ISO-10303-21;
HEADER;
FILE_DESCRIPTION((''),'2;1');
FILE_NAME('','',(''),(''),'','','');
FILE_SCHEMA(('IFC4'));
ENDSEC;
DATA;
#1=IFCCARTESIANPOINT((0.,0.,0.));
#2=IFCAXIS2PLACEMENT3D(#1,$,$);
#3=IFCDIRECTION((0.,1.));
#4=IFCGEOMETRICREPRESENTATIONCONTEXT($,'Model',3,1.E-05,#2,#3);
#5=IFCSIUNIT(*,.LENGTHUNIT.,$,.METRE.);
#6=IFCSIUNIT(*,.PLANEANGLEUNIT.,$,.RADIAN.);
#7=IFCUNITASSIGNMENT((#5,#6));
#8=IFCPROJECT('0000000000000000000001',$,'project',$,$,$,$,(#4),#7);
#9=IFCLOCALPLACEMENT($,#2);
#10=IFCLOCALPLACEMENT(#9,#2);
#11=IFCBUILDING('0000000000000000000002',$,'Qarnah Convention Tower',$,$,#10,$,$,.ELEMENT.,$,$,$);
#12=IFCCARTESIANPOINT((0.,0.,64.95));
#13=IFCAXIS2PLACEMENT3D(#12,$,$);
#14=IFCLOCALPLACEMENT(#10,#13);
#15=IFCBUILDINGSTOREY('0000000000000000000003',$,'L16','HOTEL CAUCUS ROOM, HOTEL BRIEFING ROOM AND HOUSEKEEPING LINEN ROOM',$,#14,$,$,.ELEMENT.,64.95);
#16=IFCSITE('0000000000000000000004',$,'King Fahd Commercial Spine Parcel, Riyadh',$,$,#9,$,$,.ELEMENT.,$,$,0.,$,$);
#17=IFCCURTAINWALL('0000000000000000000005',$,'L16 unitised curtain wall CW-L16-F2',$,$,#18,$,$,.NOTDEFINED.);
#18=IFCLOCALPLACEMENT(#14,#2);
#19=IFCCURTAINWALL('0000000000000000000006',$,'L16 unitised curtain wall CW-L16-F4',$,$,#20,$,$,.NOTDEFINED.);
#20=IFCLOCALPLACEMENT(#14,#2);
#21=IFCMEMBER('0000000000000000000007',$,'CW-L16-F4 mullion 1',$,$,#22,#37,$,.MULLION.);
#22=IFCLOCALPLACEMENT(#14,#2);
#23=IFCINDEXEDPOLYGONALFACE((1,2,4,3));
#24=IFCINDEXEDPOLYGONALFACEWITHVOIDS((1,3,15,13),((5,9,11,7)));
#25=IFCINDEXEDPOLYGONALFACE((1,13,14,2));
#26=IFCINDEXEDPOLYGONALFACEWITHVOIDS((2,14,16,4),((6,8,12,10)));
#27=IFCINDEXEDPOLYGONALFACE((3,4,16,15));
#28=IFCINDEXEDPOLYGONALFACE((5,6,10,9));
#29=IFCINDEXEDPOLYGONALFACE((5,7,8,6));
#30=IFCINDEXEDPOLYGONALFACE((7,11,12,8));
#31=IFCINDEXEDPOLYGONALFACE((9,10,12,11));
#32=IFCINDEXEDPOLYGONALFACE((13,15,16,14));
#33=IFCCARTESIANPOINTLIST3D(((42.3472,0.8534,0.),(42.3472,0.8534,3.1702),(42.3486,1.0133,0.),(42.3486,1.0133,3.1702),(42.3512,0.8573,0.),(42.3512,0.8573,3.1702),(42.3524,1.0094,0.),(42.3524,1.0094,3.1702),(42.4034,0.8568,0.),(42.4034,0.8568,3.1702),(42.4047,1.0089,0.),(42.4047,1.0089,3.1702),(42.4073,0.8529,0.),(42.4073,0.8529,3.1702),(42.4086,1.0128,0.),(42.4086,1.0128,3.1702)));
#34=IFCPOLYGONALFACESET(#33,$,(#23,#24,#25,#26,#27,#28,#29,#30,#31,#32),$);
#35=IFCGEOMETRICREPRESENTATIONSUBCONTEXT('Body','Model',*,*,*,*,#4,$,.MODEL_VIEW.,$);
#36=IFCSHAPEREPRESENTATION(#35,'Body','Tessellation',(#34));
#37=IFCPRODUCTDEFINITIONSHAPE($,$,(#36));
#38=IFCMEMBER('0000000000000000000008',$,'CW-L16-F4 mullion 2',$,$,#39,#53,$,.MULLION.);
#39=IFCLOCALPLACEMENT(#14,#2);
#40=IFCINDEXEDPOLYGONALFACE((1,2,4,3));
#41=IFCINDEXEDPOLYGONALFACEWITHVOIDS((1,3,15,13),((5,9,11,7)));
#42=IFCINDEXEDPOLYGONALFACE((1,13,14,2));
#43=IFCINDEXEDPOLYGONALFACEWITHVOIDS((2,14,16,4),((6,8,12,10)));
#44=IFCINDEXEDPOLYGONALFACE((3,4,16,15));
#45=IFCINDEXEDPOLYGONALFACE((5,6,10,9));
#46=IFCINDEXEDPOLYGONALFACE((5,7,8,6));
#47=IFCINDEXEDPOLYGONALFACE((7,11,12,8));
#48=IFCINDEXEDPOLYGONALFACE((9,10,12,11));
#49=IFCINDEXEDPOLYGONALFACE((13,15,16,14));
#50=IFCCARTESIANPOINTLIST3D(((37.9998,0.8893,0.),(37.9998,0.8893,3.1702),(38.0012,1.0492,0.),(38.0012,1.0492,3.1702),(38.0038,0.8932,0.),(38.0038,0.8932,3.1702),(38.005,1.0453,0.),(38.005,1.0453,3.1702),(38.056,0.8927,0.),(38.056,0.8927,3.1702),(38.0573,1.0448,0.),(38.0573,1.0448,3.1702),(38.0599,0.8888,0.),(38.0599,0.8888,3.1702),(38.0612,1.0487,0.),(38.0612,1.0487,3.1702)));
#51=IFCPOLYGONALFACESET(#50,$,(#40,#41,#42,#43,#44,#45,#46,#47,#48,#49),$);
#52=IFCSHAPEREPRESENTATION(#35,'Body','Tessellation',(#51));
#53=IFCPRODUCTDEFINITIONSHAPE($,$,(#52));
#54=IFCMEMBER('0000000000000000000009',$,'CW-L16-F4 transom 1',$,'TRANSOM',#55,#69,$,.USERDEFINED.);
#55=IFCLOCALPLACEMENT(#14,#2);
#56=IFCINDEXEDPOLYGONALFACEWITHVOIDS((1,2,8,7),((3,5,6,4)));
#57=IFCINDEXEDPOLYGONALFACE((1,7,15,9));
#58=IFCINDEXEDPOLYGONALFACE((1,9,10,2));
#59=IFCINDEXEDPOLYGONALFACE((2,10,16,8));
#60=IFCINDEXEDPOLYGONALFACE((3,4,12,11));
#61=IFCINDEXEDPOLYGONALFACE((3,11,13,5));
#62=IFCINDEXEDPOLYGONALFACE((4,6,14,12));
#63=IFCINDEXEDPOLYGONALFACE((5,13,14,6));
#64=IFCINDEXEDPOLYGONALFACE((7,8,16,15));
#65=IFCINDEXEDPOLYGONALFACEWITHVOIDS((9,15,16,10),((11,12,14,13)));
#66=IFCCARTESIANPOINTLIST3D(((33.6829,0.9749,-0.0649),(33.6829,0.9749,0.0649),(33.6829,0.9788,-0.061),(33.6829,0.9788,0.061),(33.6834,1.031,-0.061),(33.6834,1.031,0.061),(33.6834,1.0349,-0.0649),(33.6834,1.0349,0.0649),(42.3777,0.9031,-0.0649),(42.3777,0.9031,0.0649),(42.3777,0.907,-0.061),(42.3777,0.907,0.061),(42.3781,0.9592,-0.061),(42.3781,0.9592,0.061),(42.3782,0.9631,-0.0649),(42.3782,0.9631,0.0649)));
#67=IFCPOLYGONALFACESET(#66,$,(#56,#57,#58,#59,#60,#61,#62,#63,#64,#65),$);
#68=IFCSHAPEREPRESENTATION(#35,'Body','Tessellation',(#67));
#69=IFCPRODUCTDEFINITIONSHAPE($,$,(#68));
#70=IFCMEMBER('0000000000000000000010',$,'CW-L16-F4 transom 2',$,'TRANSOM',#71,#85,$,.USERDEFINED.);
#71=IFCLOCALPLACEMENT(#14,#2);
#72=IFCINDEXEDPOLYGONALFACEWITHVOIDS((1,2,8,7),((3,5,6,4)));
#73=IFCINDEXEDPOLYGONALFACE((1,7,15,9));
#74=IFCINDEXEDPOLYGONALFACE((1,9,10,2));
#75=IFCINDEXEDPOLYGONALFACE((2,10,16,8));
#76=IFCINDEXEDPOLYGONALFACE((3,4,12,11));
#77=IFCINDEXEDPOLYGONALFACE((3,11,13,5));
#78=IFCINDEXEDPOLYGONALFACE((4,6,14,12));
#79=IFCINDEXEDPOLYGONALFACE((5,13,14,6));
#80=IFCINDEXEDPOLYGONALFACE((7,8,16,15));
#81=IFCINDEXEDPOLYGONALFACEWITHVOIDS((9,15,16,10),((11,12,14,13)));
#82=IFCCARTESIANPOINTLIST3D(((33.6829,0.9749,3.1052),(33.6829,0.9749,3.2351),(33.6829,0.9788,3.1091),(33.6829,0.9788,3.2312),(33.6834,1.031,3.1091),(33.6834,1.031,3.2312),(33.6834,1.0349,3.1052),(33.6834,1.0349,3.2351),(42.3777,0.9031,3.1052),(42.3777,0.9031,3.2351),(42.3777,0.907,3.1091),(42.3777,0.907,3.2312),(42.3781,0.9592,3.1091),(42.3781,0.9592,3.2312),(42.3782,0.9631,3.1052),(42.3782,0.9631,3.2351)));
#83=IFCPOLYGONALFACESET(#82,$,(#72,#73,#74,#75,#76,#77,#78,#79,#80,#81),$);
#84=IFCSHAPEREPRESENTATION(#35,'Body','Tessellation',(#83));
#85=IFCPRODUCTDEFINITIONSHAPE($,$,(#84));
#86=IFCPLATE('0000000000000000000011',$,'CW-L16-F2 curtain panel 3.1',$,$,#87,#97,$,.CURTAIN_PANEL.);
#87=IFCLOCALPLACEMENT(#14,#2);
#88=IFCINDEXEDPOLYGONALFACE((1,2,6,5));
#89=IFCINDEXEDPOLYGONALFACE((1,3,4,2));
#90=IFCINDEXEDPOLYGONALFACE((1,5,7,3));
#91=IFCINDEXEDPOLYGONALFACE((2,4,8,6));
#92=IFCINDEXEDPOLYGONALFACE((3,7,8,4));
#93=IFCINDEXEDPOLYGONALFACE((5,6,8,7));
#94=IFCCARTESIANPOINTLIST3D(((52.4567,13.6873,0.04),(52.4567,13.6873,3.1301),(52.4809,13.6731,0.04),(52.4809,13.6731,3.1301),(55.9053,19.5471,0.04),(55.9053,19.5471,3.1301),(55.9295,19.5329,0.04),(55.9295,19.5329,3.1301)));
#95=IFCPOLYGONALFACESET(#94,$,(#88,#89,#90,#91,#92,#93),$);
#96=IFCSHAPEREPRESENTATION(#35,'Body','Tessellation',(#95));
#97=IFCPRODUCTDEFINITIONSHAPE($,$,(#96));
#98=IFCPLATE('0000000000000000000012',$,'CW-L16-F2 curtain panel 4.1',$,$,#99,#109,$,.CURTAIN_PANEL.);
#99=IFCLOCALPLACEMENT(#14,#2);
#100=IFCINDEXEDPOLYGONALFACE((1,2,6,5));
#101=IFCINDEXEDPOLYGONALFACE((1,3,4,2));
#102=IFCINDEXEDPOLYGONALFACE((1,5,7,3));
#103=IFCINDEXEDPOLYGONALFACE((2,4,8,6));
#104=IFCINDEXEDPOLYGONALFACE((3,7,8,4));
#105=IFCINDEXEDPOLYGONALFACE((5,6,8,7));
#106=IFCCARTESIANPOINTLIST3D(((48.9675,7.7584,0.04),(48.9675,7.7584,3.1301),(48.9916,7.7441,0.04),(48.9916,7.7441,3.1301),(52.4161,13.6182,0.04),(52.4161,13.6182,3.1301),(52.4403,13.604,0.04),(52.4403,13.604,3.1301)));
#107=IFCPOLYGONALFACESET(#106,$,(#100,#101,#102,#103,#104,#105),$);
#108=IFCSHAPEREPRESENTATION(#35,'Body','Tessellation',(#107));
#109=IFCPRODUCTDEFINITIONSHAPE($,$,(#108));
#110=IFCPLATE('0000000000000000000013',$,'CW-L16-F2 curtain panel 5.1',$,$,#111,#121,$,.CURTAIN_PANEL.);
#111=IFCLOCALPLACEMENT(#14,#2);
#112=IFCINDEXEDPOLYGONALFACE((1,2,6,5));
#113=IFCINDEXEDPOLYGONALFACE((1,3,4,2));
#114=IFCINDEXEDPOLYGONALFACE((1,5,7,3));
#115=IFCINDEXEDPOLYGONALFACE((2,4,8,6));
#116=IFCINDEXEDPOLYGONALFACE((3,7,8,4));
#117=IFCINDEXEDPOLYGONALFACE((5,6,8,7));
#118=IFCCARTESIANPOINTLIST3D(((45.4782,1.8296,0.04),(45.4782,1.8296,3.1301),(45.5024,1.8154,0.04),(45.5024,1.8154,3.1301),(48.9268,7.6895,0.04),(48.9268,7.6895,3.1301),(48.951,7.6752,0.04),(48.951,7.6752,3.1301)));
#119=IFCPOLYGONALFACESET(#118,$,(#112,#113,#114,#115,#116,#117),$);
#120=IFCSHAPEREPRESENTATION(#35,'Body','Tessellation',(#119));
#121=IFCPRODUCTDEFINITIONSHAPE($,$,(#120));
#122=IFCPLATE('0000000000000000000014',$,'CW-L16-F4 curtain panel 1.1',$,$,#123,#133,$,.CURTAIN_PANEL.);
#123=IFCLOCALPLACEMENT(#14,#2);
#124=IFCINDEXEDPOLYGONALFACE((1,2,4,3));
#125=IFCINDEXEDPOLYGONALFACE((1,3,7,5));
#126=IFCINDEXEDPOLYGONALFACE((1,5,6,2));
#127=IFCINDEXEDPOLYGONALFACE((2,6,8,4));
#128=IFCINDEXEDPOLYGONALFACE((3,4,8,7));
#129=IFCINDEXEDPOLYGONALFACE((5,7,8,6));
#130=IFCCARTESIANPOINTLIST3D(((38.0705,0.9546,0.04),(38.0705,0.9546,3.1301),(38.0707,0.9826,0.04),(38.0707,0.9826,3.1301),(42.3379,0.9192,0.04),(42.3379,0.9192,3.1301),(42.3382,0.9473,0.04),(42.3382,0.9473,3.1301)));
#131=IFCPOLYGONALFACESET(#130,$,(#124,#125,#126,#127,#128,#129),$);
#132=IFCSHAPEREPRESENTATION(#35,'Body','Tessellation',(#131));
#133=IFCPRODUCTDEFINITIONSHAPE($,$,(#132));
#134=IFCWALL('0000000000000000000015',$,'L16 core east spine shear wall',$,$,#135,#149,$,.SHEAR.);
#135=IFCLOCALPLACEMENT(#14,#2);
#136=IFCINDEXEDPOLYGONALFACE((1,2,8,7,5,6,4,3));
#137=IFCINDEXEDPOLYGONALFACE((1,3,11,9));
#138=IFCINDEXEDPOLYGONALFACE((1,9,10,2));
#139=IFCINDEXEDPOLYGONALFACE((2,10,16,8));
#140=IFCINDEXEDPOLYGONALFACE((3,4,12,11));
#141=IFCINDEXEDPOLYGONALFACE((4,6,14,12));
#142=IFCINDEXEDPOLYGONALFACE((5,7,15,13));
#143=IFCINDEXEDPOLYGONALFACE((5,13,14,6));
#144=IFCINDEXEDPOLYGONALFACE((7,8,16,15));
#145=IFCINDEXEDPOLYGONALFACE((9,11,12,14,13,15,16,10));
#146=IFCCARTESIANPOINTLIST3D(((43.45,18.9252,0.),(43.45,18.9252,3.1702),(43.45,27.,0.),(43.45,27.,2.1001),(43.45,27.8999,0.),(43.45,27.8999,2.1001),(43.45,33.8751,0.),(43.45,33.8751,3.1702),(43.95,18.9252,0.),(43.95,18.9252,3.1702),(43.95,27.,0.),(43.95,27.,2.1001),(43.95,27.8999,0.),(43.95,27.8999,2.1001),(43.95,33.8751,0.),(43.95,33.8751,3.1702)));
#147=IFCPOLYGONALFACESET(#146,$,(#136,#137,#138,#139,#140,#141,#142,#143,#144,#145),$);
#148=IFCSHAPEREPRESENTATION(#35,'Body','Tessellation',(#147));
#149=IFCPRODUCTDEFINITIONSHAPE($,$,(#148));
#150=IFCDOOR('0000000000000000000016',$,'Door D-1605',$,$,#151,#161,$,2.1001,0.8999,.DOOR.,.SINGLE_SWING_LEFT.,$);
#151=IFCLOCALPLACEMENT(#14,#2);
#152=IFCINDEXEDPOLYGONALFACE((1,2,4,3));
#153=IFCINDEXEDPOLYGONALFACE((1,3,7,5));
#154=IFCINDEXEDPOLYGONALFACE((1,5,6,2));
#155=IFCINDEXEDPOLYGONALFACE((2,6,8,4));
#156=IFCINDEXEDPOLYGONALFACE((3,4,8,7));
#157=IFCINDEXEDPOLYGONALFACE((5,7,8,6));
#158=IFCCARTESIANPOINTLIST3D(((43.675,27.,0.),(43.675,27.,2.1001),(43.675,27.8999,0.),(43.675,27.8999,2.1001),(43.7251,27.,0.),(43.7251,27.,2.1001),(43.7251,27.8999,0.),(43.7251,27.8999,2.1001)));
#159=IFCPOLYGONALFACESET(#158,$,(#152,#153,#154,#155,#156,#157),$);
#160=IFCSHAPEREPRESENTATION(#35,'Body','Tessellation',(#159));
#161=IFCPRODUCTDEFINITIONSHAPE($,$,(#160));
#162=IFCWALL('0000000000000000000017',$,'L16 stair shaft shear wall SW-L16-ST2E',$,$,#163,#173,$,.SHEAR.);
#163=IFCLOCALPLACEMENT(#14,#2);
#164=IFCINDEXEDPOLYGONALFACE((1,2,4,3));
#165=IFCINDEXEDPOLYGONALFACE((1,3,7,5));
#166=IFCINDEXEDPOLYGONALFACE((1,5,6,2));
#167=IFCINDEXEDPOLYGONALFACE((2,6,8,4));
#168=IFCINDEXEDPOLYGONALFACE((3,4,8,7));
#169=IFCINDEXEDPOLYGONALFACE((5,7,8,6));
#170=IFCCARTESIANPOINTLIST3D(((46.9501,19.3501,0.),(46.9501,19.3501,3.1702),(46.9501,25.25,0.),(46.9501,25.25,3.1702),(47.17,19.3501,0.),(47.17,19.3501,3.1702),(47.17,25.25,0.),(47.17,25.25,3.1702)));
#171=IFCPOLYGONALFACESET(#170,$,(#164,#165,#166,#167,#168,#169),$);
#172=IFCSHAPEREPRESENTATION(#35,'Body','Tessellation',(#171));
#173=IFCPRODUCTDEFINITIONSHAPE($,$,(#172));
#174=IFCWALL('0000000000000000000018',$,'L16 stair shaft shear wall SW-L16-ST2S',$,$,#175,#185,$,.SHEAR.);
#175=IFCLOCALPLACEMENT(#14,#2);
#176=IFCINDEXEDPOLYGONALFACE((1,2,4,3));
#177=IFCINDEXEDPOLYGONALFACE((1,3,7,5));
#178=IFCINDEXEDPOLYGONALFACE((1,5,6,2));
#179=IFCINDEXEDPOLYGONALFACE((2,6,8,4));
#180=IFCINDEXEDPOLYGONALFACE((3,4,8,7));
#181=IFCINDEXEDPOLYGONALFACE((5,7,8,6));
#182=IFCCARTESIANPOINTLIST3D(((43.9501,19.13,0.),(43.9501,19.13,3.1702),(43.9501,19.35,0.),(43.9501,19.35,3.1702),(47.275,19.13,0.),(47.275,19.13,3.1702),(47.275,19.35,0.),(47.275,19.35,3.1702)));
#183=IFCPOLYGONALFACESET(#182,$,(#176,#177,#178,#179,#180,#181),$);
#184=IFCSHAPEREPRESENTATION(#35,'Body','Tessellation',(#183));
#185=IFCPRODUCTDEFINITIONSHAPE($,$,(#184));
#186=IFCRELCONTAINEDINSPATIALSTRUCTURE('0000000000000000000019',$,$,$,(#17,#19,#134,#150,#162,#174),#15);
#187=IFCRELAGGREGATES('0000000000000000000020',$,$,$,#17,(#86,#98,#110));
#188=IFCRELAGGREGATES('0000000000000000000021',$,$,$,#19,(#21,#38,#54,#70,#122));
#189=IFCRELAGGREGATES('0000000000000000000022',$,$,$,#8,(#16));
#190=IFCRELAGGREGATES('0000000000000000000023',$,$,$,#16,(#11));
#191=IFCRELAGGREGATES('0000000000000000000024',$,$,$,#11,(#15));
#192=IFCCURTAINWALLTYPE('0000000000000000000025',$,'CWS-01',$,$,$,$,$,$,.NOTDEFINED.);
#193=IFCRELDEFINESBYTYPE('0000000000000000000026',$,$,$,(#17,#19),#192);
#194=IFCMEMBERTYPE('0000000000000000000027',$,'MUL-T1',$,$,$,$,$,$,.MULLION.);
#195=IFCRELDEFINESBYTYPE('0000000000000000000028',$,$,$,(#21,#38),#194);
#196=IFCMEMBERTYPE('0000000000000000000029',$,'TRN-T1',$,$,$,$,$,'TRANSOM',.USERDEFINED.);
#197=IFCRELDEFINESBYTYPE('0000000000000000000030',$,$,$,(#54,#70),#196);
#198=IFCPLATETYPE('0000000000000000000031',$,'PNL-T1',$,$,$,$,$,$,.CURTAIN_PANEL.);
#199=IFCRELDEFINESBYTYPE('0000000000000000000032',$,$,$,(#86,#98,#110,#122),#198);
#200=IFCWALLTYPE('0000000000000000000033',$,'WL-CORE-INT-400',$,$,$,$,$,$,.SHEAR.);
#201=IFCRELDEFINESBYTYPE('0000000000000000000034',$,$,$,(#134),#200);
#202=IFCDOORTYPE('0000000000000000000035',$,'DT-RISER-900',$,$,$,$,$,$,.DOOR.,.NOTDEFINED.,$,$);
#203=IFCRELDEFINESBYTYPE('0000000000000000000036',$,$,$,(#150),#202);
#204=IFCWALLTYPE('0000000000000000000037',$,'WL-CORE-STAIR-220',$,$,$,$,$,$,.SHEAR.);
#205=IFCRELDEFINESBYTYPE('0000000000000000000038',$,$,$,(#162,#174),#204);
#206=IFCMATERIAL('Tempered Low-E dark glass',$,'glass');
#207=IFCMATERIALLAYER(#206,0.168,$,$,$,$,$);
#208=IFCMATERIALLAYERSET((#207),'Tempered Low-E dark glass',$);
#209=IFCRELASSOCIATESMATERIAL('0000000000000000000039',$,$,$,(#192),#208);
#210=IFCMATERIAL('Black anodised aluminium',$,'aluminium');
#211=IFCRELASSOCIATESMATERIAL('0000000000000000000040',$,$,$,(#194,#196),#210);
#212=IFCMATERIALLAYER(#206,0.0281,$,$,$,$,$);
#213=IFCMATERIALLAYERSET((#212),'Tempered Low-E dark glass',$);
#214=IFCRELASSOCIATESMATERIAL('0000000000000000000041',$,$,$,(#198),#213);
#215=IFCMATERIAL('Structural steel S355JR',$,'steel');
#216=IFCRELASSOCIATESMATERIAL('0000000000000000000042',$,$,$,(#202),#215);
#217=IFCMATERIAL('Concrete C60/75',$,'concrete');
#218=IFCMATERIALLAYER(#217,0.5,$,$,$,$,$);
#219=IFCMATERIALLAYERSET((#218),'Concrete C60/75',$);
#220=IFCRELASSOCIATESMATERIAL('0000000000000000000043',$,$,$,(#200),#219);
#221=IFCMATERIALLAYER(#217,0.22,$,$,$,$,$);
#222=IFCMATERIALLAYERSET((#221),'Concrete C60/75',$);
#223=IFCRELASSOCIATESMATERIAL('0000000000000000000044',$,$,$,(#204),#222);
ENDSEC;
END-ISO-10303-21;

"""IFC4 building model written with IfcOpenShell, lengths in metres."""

from ifc_helpers import new_model, si_unit, direction, frame, frame_2d, origin, origin_2d, place, context, subcontext, project, spatial, rectangle, hollow_rectangle, extrude, material, layer, layer_set, material_profile, profile_set, type_object, element, fill, aggregate, save


model = new_model("IFC4")

# Units and contexts
model_context = context("Model", 3, precision=1e-05, world=origin(), true_north=direction((0.0, 1.0)))
body_context = subcontext(model_context, "Body", "Model", "MODEL_VIEW")
ifc_project = project(units=[si_unit("LENGTHUNIT", "METRE"), si_unit("PLANEANGLEUNIT", "RADIAN")], contexts=[model_context])

# Site, building, storey
site_placement = place(None, origin())
site = spatial("IfcSite", under=ifc_project, at=site_placement, Name="King Fahd Commercial Spine Parcel, Riyadh", CompositionType="ELEMENT", RefElevation=0.0)
building_placement = place(site_placement, origin())
building = spatial("IfcBuilding", under=site, at=building_placement, Name="Qarnah Convention Tower", CompositionType="ELEMENT")
storey_placement = place(building_placement, frame((0.0, 0.0, 64.95)))
storey = spatial("IfcBuildingStorey", under=building, at=storey_placement, Name="L16", Description="HOTEL CAUCUS ROOM, HOTEL BRIEFING ROOM AND HOUSEKEEPING LINEN ROOM", CompositionType="ELEMENT", Elevation=64.95)

# Shared definitions
ifc_material_1 = material(Name="Concrete C60/75", Category="concrete")
ifc_material_2 = material(Name="Structural steel S355JR", Category="steel")

# Curtain walls, members
ifc_material_3 = material(Name="Tempered Low-E dark glass", Category="glass")
ifc_layer_1 = layer(ifc_material_3, 0.168)
ifc_layer_set_1 = layer_set([ifc_layer_1], Name="Tempered Low-E dark glass")
curtain_wall_type = type_object("IfcCurtainWallType", Name="CWS-01", PredefinedType="NOTDEFINED", material=ifc_layer_set_1)
curtain_wall_1_placement = place(storey_placement, origin())
curtain_wall_1 = element("IfcCurtainWall", 1, at=curtain_wall_1_placement, inside=storey, type_object=curtain_wall_type, Name="L16 unitised curtain wall CW-L16-F2", PredefinedType="NOTDEFINED")
ifc_material_4 = material(Name="Black anodised aluminium", Category="aluminium")
ifc_material_profile_1 = material_profile(ifc_material_4, hollow_rectangle(XDim=0.0601, YDim=0.1599, WallThickness=0.0039, at=origin_2d()), Name="MUL-60X160")
ifc_profile_set_1 = profile_set([ifc_material_profile_1], Name="Black anodised aluminium")
member_type_1 = type_object("IfcMemberType", Name="MUL-T1", PredefinedType="MULLION", material=ifc_profile_set_1)
curtain_wall_2_placement = place(storey_placement, origin())
curtain_wall_2 = element("IfcCurtainWall", 2, at=curtain_wall_2_placement, inside=storey, type_object=curtain_wall_type, Name="L16 unitised curtain wall CW-L16-F4", PredefinedType="NOTDEFINED")
member_1_placement = place(storey_placement, frame((42.3779, 0.9331, 0.0), z_axis=(0.0, 0.0, 1.0), x_axis=(-0.999966, 0.00828, 0.0)))
member_1 = element("IfcMember", 3, at=member_1_placement, type_object=member_type_1, Name="CW-L16-F4 mullion 1", PredefinedType="MULLION", context=body_context, shape_type="SweptSolid", body=[
    extrude(hollow_rectangle(XDim=0.0601, YDim=0.1599, WallThickness=0.0039, at=origin_2d()), origin(), (0.0, 0.0, 1.0), 3.1702),
])
member_2_placement = place(storey_placement, frame((38.0305, 0.969, 0.0), z_axis=(0.0, 0.0, 1.0), x_axis=(-0.999966, 0.00828, 0.0)))
member_2 = element("IfcMember", 4, at=member_2_placement, type_object=member_type_1, Name="CW-L16-F4 mullion 2", PredefinedType="MULLION", context=body_context, shape_type="SweptSolid", body=[
    extrude(hollow_rectangle(XDim=0.0601, YDim=0.1599, WallThickness=0.0039, at=origin_2d()), origin(), (0.0, 0.0, 1.0), 3.1702),
])
ifc_material_profile_2 = material_profile(ifc_material_4, hollow_rectangle(XDim=0.0601, YDim=0.1299, WallThickness=0.0039, at=origin_2d()), Name="TRN-60X130")
ifc_profile_set_2 = profile_set([ifc_material_profile_2], Name="Black anodised aluminium")
member_type_2 = type_object("IfcMemberType", Name="TRN-T1", ElementType="TRANSOM", PredefinedType="USERDEFINED", material=ifc_profile_set_2)
member_3_placement = place(storey_placement, frame((42.3779, 0.9331, 0.0), z_axis=(-0.999966, 0.008255, 0.0), x_axis=(-0.008255, -0.999966, 0.0)))
member_3 = element("IfcMember", 5, at=member_3_placement, type_object=member_type_2, Name="CW-L16-F4 transom 1", ObjectType="TRANSOM", PredefinedType="USERDEFINED", context=body_context, shape_type="SweptSolid", body=[
    extrude(hollow_rectangle(XDim=0.0601, YDim=0.1299, WallThickness=0.0039, at=origin_2d()), origin(), (0.0, 0.0, 1.0), 8.6951),
])
member_4_placement = place(storey_placement, frame((42.3779, 0.9331, 3.1702), z_axis=(-0.999966, 0.008255, 0.0), x_axis=(-0.008255, -0.999966, 0.0)))
member_4 = element("IfcMember", 6, at=member_4_placement, type_object=member_type_2, Name="CW-L16-F4 transom 2", ObjectType="TRANSOM", PredefinedType="USERDEFINED", context=body_context, shape_type="SweptSolid", body=[
    extrude(hollow_rectangle(XDim=0.0601, YDim=0.1299, WallThickness=0.0039, at=origin_2d()), origin(), (0.0, 0.0, 1.0), 8.6951),
])

# Plates
ifc_layer_2 = layer(ifc_material_3, 0.0281)
ifc_layer_set_2 = layer_set([ifc_layer_2], Name="Tempered Low-E dark glass")
plate_type = type_object("IfcPlateType", Name="PNL-T1", PredefinedType="CURTAIN_PANEL", material=ifc_layer_set_2)
plate_1_placement = place(storey_placement, frame((54.1931, 16.6101, 0.04), z_axis=(0.0, 0.0, 1.0), x_axis=(-0.507201, -0.861828, 0.0)))
plate_1 = element("IfcPlate", 7, at=plate_1_placement, type_object=plate_type, Name="CW-L16-F2 curtain panel 3.1", PredefinedType="CURTAIN_PANEL", context=body_context, shape_type="SweptSolid", body=[
    extrude(rectangle(XDim=6.7993, YDim=0.0281, at=origin_2d()), origin(), (0.0, 0.0, 1.0), 3.0901),
])
plate_2_placement = place(storey_placement, frame((50.7039, 10.6812, 0.04), z_axis=(0.0, 0.0, 1.0), x_axis=(-0.507201, -0.861828, 0.0)))
plate_2 = element("IfcPlate", 8, at=plate_2_placement, type_object=plate_type, Name="CW-L16-F2 curtain panel 4.1", PredefinedType="CURTAIN_PANEL", context=body_context, shape_type="SweptSolid", body=[
    extrude(rectangle(XDim=6.7993, YDim=0.0281, at=origin_2d()), origin(), (0.0, 0.0, 1.0), 3.0901),
])
plate_3_placement = place(storey_placement, frame((47.2146, 4.7524, 0.04), z_axis=(0.0, 0.0, 1.0), x_axis=(-0.507201, -0.861828, 0.0)))
plate_3 = element("IfcPlate", 9, at=plate_3_placement, type_object=plate_type, Name="CW-L16-F2 curtain panel 5.1", PredefinedType="CURTAIN_PANEL", context=body_context, shape_type="SweptSolid", body=[
    extrude(rectangle(XDim=6.7993, YDim=0.0281, at=origin_2d()), origin(), (0.0, 0.0, 1.0), 3.0901),
])
aggregate(curtain_wall_1, [plate_1, plate_2, plate_3])
plate_4_placement = place(storey_placement, frame((40.2043, 0.9509, 0.04), z_axis=(0.0, 0.0, 1.0), x_axis=(-0.999966, 0.00828, 0.0)))
plate_4 = element("IfcPlate", 10, at=plate_4_placement, type_object=plate_type, Name="CW-L16-F4 curtain panel 1.1", PredefinedType="CURTAIN_PANEL", context=body_context, shape_type="SweptSolid", body=[
    extrude(rectangle(XDim=4.2676, YDim=0.0281, at=origin_2d()), origin(), (0.0, 0.0, 1.0), 3.0901),
])
aggregate(curtain_wall_2, [member_1, member_2, member_3, member_4, plate_4])

# Shared definitions
door_type_1 = type_object("IfcDoorType", Name="DT-RISER-900", OperationType="NOTDEFINED", PredefinedType="DOOR", material=ifc_material_2)

# Wall, opening, door
ifc_layer_3 = layer(ifc_material_1, 0.5)
ifc_layer_set_3 = layer_set([ifc_layer_3], Name="Concrete C60/75")
wall_type_1 = type_object("IfcWallType", Name="WL-CORE-INT-400", PredefinedType="SHEAR", material=ifc_layer_set_3)
wall_1_placement = place(storey_placement, frame((43.7, 18.925, 0.0), z_axis=(0.0, 0.0, 1.0), x_axis=(0.0, 1.0, 0.0)))
wall_1 = element("IfcWall", 11, at=wall_1_placement, inside=storey, type_object=wall_type_1, Name="L16 core east spine shear wall", PredefinedType="SHEAR", context=body_context, shape_type="SweptSolid", body=[
    extrude(rectangle(XDim=14.95, YDim=0.5, at=frame_2d((7.4751, 0.0))), origin(), (0.0, 0.0, 1.0), 3.1702),
])
opening_1_placement = place(wall_1_placement, frame((8.075, 0.0, 0.0)))
opening_1 = element("IfcOpeningElement", 12, at=opening_1_placement, cuts=wall_1, PredefinedType="OPENING", context=body_context, shape_type="SweptSolid", body=[
    extrude(rectangle(XDim=0.8999, YDim=2.1001, at=frame_2d((0.45, 1.05))), frame((0.0, 0.26, 0.0), z_axis=(0.0, -1.0, 0.0), x_axis=(1.0, 0.0, 0.0)), (0.0, 0.0, 1.0), 0.52),
])
door_1_placement = place(opening_1_placement, origin())
door_1 = element("IfcDoor", 13, at=door_1_placement, inside=storey, type_object=door_type_1, Name="Door D-1605", OperationType="SINGLE_SWING_LEFT", OverallHeight=2.1001, OverallWidth=0.8999, PredefinedType="DOOR", context=body_context, shape_type="SweptSolid", body=[
    extrude(rectangle(XDim=0.8999, YDim=2.1001, at=frame_2d((0.45, 1.05))), frame((0.0, 0.0249, 0.0), z_axis=(0.0, -1.0, 0.0), x_axis=(1.0, 0.0, 0.0)), (0.0, 0.0, 1.0), 0.05),
])
fill(opening_1, door_1)

# Walls
ifc_layer_4 = layer(ifc_material_1, 0.22)
ifc_layer_set_4 = layer_set([ifc_layer_4], Name="Concrete C60/75")
wall_type_2 = type_object("IfcWallType", Name="WL-CORE-STAIR-220", PredefinedType="SHEAR", material=ifc_layer_set_4)
wall_2_placement = place(storey_placement, frame((47.0601, 19.3501, 0.0), z_axis=(0.0, 0.0, 1.0), x_axis=(0.0, 1.0, 0.0)))
element("IfcWall", 14, at=wall_2_placement, inside=storey, type_object=wall_type_2, Name="L16 stair shaft shear wall SW-L16-ST2E", PredefinedType="SHEAR", context=body_context, shape_type="SweptSolid", body=[
    extrude(rectangle(XDim=5.8999, YDim=0.22, at=frame_2d((2.95, 0.0))), origin(), (0.0, 0.0, 1.0), 3.1702),
])
wall_3_placement = place(storey_placement, frame((43.95, 19.24, 0.0), z_axis=(0.0, 0.0, 1.0), x_axis=(1.0, 0.0, 0.0)))
element("IfcWall", 15, at=wall_3_placement, inside=storey, type_object=wall_type_2, Name="L16 stair shaft shear wall SW-L16-ST2S", PredefinedType="SHEAR", context=body_context, shape_type="SweptSolid", body=[
    extrude(rectangle(XDim=3.325, YDim=0.22, at=frame_2d((1.6626, 0.0))), origin(), (0.0, 0.0, 1.0), 3.1702),
])

save(model, "model.ifc")
